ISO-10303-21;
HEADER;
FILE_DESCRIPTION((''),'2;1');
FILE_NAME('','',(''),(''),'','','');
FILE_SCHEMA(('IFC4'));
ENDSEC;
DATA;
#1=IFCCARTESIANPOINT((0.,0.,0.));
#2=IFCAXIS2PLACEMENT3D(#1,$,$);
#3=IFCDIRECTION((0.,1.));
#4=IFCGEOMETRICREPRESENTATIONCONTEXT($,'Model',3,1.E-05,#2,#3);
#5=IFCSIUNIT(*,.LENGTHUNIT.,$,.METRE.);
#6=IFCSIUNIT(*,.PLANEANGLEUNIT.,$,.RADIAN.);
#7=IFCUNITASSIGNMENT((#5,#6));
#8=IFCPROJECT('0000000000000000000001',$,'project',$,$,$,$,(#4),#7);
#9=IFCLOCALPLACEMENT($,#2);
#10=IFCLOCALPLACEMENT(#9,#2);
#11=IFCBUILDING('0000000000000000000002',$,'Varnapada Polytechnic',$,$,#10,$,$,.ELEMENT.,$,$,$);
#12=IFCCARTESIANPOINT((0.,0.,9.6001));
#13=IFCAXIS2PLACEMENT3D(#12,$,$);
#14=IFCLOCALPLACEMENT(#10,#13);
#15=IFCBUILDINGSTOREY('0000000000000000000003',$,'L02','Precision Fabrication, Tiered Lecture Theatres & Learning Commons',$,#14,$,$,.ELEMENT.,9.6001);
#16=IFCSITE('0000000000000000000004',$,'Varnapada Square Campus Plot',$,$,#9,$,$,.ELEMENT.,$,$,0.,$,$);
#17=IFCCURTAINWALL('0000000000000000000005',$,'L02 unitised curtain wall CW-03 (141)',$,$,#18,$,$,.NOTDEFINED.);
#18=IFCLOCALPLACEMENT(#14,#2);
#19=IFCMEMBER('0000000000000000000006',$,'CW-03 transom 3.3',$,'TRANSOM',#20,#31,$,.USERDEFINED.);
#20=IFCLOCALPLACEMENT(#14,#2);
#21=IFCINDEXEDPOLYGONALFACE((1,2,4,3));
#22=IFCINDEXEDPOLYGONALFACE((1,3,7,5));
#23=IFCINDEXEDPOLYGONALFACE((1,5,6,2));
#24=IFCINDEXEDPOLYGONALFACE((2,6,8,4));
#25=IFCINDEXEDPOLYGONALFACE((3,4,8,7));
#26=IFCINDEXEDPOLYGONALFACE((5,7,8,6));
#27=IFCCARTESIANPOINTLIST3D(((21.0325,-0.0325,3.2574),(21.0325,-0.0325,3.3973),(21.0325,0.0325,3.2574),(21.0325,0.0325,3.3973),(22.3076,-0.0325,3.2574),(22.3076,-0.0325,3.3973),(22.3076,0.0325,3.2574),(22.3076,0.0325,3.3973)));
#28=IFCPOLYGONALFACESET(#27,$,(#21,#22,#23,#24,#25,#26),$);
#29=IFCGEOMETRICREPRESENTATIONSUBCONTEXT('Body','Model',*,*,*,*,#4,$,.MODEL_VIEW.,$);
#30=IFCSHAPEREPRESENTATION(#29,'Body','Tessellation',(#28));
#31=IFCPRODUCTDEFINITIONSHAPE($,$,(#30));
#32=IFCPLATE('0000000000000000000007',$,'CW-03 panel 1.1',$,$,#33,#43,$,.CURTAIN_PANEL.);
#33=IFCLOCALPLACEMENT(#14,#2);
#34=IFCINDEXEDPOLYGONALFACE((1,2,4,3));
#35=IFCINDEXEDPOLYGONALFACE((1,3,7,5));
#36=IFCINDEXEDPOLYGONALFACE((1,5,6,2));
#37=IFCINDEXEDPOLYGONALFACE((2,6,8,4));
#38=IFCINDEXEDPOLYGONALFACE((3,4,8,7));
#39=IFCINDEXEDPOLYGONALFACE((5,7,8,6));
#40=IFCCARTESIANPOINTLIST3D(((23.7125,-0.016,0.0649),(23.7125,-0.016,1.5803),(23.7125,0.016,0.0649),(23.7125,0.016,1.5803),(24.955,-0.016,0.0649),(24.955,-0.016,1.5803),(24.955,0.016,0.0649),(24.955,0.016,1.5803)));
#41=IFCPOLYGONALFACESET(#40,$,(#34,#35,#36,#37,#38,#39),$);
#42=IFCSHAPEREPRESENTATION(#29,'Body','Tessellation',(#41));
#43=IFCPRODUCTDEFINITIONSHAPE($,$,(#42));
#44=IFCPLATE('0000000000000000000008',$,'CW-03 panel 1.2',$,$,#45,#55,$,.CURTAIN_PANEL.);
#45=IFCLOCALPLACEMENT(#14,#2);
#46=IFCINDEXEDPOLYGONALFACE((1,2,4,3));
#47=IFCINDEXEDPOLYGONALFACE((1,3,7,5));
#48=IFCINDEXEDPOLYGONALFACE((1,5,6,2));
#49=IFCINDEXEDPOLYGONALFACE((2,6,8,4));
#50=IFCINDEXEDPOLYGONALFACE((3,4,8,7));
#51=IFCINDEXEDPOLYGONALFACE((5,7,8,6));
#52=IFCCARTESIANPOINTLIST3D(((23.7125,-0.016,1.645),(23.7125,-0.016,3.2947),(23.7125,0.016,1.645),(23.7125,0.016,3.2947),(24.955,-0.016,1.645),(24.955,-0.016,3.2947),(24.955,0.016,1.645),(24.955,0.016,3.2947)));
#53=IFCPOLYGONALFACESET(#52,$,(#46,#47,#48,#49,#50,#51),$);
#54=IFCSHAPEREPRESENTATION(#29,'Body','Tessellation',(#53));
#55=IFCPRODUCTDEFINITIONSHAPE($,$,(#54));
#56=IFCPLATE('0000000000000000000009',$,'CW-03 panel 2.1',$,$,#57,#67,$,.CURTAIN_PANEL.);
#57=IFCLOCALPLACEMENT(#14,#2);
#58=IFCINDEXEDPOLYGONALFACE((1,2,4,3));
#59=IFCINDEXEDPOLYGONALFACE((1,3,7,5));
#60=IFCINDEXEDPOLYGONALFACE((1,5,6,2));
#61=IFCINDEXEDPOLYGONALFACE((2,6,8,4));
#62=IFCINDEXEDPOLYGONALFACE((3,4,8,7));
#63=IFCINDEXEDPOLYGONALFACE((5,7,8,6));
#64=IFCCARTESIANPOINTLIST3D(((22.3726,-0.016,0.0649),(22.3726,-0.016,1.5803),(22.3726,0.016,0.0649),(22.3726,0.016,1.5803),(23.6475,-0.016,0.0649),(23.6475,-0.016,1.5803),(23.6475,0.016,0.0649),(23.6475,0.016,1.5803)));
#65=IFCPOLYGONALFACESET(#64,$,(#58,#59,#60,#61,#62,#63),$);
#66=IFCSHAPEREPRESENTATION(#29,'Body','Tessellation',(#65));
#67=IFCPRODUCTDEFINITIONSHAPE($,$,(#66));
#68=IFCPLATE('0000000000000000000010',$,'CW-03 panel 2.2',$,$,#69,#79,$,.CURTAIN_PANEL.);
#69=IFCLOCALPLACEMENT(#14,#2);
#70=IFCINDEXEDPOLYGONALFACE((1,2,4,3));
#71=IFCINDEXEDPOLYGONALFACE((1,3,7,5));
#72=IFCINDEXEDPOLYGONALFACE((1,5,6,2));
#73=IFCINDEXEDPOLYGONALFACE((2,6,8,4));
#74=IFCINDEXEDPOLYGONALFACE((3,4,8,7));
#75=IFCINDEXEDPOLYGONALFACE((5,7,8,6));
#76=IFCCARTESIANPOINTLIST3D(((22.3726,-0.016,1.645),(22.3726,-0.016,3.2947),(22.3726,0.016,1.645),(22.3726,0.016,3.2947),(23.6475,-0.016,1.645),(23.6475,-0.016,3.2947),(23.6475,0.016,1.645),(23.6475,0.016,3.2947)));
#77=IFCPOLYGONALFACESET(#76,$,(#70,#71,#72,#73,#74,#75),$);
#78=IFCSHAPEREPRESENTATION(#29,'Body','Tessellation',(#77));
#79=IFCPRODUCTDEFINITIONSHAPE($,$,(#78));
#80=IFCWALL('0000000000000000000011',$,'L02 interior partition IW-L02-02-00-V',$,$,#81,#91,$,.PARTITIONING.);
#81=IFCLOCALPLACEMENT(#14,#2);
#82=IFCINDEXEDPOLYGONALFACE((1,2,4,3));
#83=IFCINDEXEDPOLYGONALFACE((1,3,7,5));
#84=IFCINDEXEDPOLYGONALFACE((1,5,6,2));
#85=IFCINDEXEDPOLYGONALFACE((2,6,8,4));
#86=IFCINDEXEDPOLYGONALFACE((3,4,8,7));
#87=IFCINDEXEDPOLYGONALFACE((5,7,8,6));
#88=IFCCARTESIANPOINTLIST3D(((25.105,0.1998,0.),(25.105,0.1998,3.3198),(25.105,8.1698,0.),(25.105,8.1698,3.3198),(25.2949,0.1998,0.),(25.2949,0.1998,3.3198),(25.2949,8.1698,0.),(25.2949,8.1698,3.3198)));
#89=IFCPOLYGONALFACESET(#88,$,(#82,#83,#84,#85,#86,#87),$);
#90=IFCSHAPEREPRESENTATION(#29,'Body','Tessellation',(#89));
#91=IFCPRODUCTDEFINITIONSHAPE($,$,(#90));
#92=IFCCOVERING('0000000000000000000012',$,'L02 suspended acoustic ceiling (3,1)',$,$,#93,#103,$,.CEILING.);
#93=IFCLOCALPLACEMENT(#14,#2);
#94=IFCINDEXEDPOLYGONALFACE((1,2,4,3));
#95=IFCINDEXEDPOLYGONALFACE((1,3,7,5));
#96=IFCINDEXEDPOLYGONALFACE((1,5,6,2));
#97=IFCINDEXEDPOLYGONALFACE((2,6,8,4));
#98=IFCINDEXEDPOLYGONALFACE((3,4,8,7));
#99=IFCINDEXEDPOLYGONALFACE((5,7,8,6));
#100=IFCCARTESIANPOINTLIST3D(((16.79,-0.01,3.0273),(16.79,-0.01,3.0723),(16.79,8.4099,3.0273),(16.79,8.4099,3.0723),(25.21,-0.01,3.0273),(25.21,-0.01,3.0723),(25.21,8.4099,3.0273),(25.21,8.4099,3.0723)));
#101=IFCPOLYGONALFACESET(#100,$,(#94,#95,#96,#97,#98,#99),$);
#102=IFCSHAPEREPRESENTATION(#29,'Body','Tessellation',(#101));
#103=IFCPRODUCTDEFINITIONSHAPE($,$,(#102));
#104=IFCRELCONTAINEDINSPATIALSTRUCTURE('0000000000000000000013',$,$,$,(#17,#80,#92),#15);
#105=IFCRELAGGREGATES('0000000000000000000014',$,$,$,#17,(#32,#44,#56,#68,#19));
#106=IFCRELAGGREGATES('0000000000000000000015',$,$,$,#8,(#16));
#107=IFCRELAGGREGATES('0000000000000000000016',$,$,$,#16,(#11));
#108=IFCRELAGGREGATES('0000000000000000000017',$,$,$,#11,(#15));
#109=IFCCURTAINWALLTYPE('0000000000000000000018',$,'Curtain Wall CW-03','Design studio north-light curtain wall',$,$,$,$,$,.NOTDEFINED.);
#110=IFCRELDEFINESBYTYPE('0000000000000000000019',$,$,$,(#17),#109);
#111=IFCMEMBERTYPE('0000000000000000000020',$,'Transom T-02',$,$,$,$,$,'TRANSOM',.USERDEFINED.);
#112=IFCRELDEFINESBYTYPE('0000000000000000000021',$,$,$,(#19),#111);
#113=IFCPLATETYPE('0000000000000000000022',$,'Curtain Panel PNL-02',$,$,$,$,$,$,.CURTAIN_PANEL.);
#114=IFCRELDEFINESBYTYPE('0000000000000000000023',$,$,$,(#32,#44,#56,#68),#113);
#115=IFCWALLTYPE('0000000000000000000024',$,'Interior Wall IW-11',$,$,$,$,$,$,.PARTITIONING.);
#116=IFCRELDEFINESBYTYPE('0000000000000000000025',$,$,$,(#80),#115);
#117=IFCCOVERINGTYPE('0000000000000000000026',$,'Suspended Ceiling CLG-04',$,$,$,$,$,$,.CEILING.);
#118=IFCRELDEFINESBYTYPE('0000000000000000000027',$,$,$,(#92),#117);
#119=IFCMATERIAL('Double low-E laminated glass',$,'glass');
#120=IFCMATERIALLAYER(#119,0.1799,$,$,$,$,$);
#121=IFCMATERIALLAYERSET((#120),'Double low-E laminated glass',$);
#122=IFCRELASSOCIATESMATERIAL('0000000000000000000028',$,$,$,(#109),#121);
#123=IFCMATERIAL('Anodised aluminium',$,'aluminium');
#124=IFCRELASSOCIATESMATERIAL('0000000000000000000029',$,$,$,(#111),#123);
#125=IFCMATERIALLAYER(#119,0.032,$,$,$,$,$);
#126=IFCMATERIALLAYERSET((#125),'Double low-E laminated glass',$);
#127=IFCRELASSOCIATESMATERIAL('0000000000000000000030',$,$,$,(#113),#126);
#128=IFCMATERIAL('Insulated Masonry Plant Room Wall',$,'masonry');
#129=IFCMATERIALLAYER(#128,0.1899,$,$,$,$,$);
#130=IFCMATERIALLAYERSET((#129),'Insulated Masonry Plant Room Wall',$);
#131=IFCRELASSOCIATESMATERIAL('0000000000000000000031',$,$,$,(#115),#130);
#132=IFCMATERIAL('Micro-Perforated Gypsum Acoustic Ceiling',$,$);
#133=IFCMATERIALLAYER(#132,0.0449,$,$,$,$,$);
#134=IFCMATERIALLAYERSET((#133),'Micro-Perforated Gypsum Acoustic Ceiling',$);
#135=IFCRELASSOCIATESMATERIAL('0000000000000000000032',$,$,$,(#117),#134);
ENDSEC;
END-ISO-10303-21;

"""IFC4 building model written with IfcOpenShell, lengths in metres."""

from ifc_helpers import new_model, si_unit, direction, frame, frame_2d, origin, origin_2d, place, context, subcontext, project, spatial, rectangle, extrude, material, layer, layer_set, material_profile, profile_set, type_object, element, aggregate, save


model = new_model("IFC4")

# Units and contexts
model_context = context("Model", 3, precision=1e-05, world=origin(), true_north=direction((0.0, 1.0)))
body_context = subcontext(model_context, "Body", "Model", "MODEL_VIEW")
ifc_project = project(units=[si_unit("LENGTHUNIT", "METRE"), si_unit("PLANEANGLEUNIT", "RADIAN")], contexts=[model_context])

# Site, building, storey
site_placement = place(None, origin())
site = spatial("IfcSite", under=ifc_project, at=site_placement, Name="Varnapada Square Campus Plot", CompositionType="ELEMENT", RefElevation=0.0)
building_placement = place(site_placement, origin())
building = spatial("IfcBuilding", under=site, at=building_placement, Name="Varnapada Polytechnic", CompositionType="ELEMENT")
storey_placement = place(building_placement, frame((0.0, 0.0, 9.6001)))
storey = spatial("IfcBuildingStorey", under=building, at=storey_placement, Name="L02", Description="Precision Fabrication, Tiered Lecture Theatres & Learning Commons", CompositionType="ELEMENT", Elevation=9.6001)

# Curtain wall
ifc_material_1 = material(Name="Double low-E laminated glass", Category="glass")
ifc_layer_1 = layer(ifc_material_1, 0.1799)
ifc_layer_set_1 = layer_set([ifc_layer_1], Name="Double low-E laminated glass")
curtain_wall_type = type_object("IfcCurtainWallType", Name="Curtain Wall CW-03", Description="Design studio north-light curtain wall", PredefinedType="NOTDEFINED", material=ifc_layer_set_1)
curtain_wall_placement = place(storey_placement, origin())
curtain_wall = element("IfcCurtainWall", 1, at=curtain_wall_placement, inside=storey, type_object=curtain_wall_type, Name="L02 unitised curtain wall CW-03 (141)", PredefinedType="NOTDEFINED")
ifc_material_2 = material(Name="Anodised aluminium", Category="aluminium")

# Member
ifc_material_profile_1 = material_profile(ifc_material_2, rectangle(XDim=0.0649, YDim=0.1399, at=origin_2d()), Name="ALU T65x140")
ifc_profile_set_1 = profile_set([ifc_material_profile_1], Name="Anodised aluminium")
member_type_1 = type_object("IfcMemberType", Name="Transom T-02", ElementType="TRANSOM", PredefinedType="USERDEFINED", material=ifc_profile_set_1)
member_1_placement = place(storey_placement, frame((22.3076, 0.0, 3.3274), z_axis=(-1.0, 0.0, 0.0), x_axis=(0.0, -1.0, 0.0)))
member_1 = element("IfcMember", 2, at=member_1_placement, type_object=member_type_1, Name="CW-03 transom 3.3", ObjectType="TRANSOM", PredefinedType="USERDEFINED", context=body_context, shape_type="SweptSolid", body=[
    extrude(rectangle(XDim=0.0649, YDim=0.1399, at=origin_2d()), origin(), (0.0, 0.0, 1.0), 1.2751),
])

# Plates
ifc_layer_2 = layer(ifc_material_1, 0.032)
ifc_layer_set_2 = layer_set([ifc_layer_2], Name="Double low-E laminated glass")
plate_type = type_object("IfcPlateType", Name="Curtain Panel PNL-02", PredefinedType="CURTAIN_PANEL", material=ifc_layer_set_2)
plate_1_placement = place(storey_placement, frame((24.3337, 0.0, 0.0649), z_axis=(0.0, 0.0, 1.0), x_axis=(-1.0, 0.0, 0.0)))
plate_1 = element("IfcPlate", 3, at=plate_1_placement, type_object=plate_type, Name="CW-03 panel 1.1", PredefinedType="CURTAIN_PANEL", context=body_context, shape_type="SweptSolid", body=[
    extrude(rectangle(XDim=1.2424, YDim=0.032, at=origin_2d()), origin(), (0.0, 0.0, 1.0), 1.5154),
])
plate_2_placement = place(storey_placement, frame((24.3337, 0.0, 1.645), z_axis=(0.0, 0.0, 1.0), x_axis=(-1.0, 0.0, 0.0)))
plate_2 = element("IfcPlate", 4, at=plate_2_placement, type_object=plate_type, Name="CW-03 panel 1.2", PredefinedType="CURTAIN_PANEL", context=body_context, shape_type="SweptSolid", body=[
    extrude(rectangle(XDim=1.2424, YDim=0.032, at=origin_2d()), origin(), (0.0, 0.0, 1.0), 1.6497),
])
plate_3_placement = place(storey_placement, frame((23.01, 0.0, 0.0649), z_axis=(0.0, 0.0, 1.0), x_axis=(-1.0, 0.0, 0.0)))
plate_3 = element("IfcPlate", 5, at=plate_3_placement, type_object=plate_type, Name="CW-03 panel 2.1", PredefinedType="CURTAIN_PANEL", context=body_context, shape_type="SweptSolid", body=[
    extrude(rectangle(XDim=1.2749, YDim=0.032, at=origin_2d()), origin(), (0.0, 0.0, 1.0), 1.5154),
])
plate_4_placement = place(storey_placement, frame((23.01, 0.0, 1.645), z_axis=(0.0, 0.0, 1.0), x_axis=(-1.0, 0.0, 0.0)))
plate_4 = element("IfcPlate", 6, at=plate_4_placement, type_object=plate_type, Name="CW-03 panel 2.2", PredefinedType="CURTAIN_PANEL", context=body_context, shape_type="SweptSolid", body=[
    extrude(rectangle(XDim=1.2749, YDim=0.032, at=origin_2d()), origin(), (0.0, 0.0, 1.0), 1.6497),
])
aggregate(curtain_wall, [plate_1, plate_2, plate_3, plate_4, member_1])

# Wall
ifc_material_3 = material(Name="Insulated Masonry Plant Room Wall", Category="masonry")
ifc_layer_3 = layer(ifc_material_3, 0.1899)
ifc_layer_set_3 = layer_set([ifc_layer_3], Name="Insulated Masonry Plant Room Wall")
wall_type = type_object("IfcWallType", Name="Interior Wall IW-11", PredefinedType="PARTITIONING", material=ifc_layer_set_3)
wall_placement = place(storey_placement, frame((25.2, 0.2, 0.0), z_axis=(0.0, 0.0, 1.0), x_axis=(0.0, 1.0, 0.0)))
element("IfcWall", 7, at=wall_placement, inside=storey, type_object=wall_type, Name="L02 interior partition IW-L02-02-00-V", PredefinedType="PARTITIONING", context=body_context, shape_type="SweptSolid", body=[
    extrude(rectangle(XDim=7.97, YDim=0.1899, at=frame_2d((3.9849, 0.0))), origin(), (0.0, 0.0, 1.0), 3.3198),
])

# Covering
ifc_material_4 = material(Name="Micro-Perforated Gypsum Acoustic Ceiling")
ifc_layer_4 = layer(ifc_material_4, 0.0449)
ifc_layer_set_4 = layer_set([ifc_layer_4], Name="Micro-Perforated Gypsum Acoustic Ceiling")
covering_type = type_object("IfcCoveringType", Name="Suspended Ceiling CLG-04", PredefinedType="CEILING", material=ifc_layer_set_4)
covering_placement = place(storey_placement, frame((21.0, 4.2, 3.0273), z_axis=(0.0, 0.0, 1.0), x_axis=(1.0, 0.0, 0.0)))
element("IfcCovering", 8, at=covering_placement, inside=storey, type_object=covering_type, Name="L02 suspended acoustic ceiling (3,1)", PredefinedType="CEILING", context=body_context, shape_type="SweptSolid", body=[
    extrude(rectangle(XDim=8.4199, YDim=8.4199, at=origin_2d()), origin(), (0.0, 0.0, 1.0), 0.0449),
])

save(model, "model.ifc")
